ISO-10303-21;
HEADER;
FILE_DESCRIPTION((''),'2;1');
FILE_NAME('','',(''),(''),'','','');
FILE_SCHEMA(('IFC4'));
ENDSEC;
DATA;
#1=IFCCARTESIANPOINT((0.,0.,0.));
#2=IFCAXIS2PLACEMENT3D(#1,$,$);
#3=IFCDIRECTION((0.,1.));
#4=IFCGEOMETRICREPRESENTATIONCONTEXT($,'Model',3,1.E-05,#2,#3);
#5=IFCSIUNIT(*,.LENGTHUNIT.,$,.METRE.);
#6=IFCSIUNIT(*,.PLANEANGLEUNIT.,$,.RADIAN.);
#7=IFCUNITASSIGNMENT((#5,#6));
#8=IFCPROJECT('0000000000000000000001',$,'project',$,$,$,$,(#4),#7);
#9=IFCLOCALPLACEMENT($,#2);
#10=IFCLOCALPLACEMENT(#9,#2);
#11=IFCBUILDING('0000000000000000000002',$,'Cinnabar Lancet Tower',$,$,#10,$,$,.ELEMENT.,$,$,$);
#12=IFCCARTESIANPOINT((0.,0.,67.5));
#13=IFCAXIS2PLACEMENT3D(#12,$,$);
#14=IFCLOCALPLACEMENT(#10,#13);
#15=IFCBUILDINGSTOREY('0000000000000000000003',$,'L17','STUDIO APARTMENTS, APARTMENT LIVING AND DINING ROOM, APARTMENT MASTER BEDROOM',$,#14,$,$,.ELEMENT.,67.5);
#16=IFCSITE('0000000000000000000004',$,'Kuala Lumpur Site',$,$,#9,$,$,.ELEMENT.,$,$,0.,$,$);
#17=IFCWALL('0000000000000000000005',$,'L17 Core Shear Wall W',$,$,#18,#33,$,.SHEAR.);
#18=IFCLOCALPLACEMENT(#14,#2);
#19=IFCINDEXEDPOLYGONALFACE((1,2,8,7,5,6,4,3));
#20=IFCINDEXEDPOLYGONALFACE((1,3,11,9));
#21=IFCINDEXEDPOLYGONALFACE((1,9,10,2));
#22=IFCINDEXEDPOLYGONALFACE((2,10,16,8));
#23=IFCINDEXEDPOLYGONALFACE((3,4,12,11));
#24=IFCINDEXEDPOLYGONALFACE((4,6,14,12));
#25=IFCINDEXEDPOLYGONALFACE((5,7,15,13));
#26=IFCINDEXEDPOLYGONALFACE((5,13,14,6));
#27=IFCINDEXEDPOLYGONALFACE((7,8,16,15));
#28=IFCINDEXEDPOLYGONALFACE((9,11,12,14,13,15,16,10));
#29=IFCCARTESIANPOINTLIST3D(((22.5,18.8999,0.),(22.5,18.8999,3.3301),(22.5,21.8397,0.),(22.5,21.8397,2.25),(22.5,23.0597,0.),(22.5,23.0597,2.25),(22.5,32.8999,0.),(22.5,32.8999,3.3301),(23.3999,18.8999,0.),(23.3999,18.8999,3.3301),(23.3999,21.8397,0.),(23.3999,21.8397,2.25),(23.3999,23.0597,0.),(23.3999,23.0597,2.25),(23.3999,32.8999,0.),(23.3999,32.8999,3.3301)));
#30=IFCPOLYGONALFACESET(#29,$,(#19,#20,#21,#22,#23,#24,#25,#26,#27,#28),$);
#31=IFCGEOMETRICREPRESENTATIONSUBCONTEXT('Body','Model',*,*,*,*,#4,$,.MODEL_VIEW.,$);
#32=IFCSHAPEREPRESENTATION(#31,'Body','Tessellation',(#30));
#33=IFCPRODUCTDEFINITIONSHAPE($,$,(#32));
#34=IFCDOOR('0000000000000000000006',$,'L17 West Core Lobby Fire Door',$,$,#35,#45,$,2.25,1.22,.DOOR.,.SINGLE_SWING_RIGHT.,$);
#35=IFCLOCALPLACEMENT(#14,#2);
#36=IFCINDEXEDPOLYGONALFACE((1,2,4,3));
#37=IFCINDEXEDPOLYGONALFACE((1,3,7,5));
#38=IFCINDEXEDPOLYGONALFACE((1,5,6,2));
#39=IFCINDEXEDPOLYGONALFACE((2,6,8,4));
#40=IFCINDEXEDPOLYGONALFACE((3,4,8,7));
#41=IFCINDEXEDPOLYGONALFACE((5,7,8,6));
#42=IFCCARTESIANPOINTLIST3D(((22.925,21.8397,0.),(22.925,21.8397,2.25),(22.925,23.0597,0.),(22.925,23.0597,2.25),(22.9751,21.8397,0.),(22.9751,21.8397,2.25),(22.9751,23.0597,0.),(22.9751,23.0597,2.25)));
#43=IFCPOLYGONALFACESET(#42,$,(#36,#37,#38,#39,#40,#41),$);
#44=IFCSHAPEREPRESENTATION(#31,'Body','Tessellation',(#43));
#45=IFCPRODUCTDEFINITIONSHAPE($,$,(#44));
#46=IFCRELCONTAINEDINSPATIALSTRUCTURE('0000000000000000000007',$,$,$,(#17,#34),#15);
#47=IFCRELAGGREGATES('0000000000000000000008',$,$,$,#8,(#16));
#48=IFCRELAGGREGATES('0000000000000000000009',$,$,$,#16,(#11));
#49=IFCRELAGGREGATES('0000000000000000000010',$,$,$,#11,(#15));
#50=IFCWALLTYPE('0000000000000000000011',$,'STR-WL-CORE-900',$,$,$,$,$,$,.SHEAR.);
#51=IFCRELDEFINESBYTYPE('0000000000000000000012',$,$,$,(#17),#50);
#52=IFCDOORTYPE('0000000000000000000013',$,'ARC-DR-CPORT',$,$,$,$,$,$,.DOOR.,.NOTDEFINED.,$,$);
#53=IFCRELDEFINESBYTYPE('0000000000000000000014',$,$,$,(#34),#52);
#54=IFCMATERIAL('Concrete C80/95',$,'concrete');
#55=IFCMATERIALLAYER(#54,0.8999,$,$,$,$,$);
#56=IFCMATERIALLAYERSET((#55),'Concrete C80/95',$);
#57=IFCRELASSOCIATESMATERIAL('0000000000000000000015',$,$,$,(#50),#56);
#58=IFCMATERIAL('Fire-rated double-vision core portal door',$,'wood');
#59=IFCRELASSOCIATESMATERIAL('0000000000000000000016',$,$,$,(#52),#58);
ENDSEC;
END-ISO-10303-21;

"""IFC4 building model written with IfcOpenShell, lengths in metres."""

from ifc_helpers import new_model, si_unit, direction, frame, frame_2d, origin, place, context, subcontext, project, spatial, rectangle, extrude, material, layer, layer_set, type_object, element, fill, save


model = new_model("IFC4")

# Units and contexts
model_context = context("Model", 3, precision=1e-05, world=origin(), true_north=direction((0.0, 1.0)))
body_context = subcontext(model_context, "Body", "Model", "MODEL_VIEW")
ifc_project = project(units=[si_unit("LENGTHUNIT", "METRE"), si_unit("PLANEANGLEUNIT", "RADIAN")], contexts=[model_context])

# Site, building, storey
site_placement = place(None, origin())
site = spatial("IfcSite", under=ifc_project, at=site_placement, Name="Kuala Lumpur Site", CompositionType="ELEMENT", RefElevation=0.0)
building_placement = place(site_placement, origin())
building = spatial("IfcBuilding", under=site, at=building_placement, Name="Cinnabar Lancet Tower", CompositionType="ELEMENT")
storey_placement = place(building_placement, frame((0.0, 0.0, 67.5)))
storey = spatial("IfcBuildingStorey", under=building, at=storey_placement, Name="L17", Description="STUDIO APARTMENTS, APARTMENT LIVING AND DINING ROOM, APARTMENT MASTER BEDROOM", CompositionType="ELEMENT", Elevation=67.5)

# Shared definitions
ifc_material_1 = material(Name="Concrete C80/95", Category="concrete")
ifc_layer_1 = layer(ifc_material_1, 0.8999)
ifc_layer_set_1 = layer_set([ifc_layer_1], Name="Concrete C80/95")
wall_type_1 = type_object("IfcWallType", Name="STR-WL-CORE-900", PredefinedType="SHEAR", material=ifc_layer_set_1)

# Wall, opening, door
wall_1_placement = place(storey_placement, frame((22.95, 18.8999, 0.0), z_axis=(0.0, 0.0, 1.0), x_axis=(0.0, 1.0, 0.0)))
wall_1 = element("IfcWall", 1, at=wall_1_placement, inside=storey, type_object=wall_type_1, Name="L17 Core Shear Wall W", PredefinedType="SHEAR", context=body_context, shape_type="SweptSolid", body=[
    extrude(rectangle(XDim=14.0, YDim=0.8999, at=frame_2d((7.0, 0.0))), origin(), (0.0, 0.0, 1.0), 3.3301),
])
opening_1_placement = place(wall_1_placement, frame((2.9399, 0.0, 0.0)))
opening_1 = element("IfcOpeningElement", 2, at=opening_1_placement, cuts=wall_1, PredefinedType="OPENING", context=body_context, shape_type="SweptSolid", body=[
    extrude(rectangle(XDim=1.22, YDim=2.25, at=frame_2d((0.6099, 1.125))), frame((0.0, 0.46, 0.0), z_axis=(0.0, -1.0, 0.0), x_axis=(1.0, 0.0, 0.0)), (0.0, 0.0, 1.0), 0.9199),
])
ifc_material_2 = material(Name="Fire-rated double-vision core portal door", Category="wood")
door_type_1 = type_object("IfcDoorType", Name="ARC-DR-CPORT", OperationType="NOTDEFINED", PredefinedType="DOOR", material=ifc_material_2)
door_1_placement = place(opening_1_placement, origin())
door_1 = element("IfcDoor", 3, at=door_1_placement, inside=storey, type_object=door_type_1, Name="L17 West Core Lobby Fire Door", OperationType="SINGLE_SWING_RIGHT", OverallHeight=2.25, OverallWidth=1.22, PredefinedType="DOOR", context=body_context, shape_type="SweptSolid", body=[
    extrude(rectangle(XDim=1.22, YDim=2.25, at=frame_2d((0.6099, 1.125))), frame((0.0, 0.0249, 0.0), z_axis=(0.0, -1.0, 0.0), x_axis=(1.0, 0.0, 0.0)), (0.0, 0.0, 1.0), 0.05),
])
fill(opening_1, door_1)

save(model, "model.ifc")
